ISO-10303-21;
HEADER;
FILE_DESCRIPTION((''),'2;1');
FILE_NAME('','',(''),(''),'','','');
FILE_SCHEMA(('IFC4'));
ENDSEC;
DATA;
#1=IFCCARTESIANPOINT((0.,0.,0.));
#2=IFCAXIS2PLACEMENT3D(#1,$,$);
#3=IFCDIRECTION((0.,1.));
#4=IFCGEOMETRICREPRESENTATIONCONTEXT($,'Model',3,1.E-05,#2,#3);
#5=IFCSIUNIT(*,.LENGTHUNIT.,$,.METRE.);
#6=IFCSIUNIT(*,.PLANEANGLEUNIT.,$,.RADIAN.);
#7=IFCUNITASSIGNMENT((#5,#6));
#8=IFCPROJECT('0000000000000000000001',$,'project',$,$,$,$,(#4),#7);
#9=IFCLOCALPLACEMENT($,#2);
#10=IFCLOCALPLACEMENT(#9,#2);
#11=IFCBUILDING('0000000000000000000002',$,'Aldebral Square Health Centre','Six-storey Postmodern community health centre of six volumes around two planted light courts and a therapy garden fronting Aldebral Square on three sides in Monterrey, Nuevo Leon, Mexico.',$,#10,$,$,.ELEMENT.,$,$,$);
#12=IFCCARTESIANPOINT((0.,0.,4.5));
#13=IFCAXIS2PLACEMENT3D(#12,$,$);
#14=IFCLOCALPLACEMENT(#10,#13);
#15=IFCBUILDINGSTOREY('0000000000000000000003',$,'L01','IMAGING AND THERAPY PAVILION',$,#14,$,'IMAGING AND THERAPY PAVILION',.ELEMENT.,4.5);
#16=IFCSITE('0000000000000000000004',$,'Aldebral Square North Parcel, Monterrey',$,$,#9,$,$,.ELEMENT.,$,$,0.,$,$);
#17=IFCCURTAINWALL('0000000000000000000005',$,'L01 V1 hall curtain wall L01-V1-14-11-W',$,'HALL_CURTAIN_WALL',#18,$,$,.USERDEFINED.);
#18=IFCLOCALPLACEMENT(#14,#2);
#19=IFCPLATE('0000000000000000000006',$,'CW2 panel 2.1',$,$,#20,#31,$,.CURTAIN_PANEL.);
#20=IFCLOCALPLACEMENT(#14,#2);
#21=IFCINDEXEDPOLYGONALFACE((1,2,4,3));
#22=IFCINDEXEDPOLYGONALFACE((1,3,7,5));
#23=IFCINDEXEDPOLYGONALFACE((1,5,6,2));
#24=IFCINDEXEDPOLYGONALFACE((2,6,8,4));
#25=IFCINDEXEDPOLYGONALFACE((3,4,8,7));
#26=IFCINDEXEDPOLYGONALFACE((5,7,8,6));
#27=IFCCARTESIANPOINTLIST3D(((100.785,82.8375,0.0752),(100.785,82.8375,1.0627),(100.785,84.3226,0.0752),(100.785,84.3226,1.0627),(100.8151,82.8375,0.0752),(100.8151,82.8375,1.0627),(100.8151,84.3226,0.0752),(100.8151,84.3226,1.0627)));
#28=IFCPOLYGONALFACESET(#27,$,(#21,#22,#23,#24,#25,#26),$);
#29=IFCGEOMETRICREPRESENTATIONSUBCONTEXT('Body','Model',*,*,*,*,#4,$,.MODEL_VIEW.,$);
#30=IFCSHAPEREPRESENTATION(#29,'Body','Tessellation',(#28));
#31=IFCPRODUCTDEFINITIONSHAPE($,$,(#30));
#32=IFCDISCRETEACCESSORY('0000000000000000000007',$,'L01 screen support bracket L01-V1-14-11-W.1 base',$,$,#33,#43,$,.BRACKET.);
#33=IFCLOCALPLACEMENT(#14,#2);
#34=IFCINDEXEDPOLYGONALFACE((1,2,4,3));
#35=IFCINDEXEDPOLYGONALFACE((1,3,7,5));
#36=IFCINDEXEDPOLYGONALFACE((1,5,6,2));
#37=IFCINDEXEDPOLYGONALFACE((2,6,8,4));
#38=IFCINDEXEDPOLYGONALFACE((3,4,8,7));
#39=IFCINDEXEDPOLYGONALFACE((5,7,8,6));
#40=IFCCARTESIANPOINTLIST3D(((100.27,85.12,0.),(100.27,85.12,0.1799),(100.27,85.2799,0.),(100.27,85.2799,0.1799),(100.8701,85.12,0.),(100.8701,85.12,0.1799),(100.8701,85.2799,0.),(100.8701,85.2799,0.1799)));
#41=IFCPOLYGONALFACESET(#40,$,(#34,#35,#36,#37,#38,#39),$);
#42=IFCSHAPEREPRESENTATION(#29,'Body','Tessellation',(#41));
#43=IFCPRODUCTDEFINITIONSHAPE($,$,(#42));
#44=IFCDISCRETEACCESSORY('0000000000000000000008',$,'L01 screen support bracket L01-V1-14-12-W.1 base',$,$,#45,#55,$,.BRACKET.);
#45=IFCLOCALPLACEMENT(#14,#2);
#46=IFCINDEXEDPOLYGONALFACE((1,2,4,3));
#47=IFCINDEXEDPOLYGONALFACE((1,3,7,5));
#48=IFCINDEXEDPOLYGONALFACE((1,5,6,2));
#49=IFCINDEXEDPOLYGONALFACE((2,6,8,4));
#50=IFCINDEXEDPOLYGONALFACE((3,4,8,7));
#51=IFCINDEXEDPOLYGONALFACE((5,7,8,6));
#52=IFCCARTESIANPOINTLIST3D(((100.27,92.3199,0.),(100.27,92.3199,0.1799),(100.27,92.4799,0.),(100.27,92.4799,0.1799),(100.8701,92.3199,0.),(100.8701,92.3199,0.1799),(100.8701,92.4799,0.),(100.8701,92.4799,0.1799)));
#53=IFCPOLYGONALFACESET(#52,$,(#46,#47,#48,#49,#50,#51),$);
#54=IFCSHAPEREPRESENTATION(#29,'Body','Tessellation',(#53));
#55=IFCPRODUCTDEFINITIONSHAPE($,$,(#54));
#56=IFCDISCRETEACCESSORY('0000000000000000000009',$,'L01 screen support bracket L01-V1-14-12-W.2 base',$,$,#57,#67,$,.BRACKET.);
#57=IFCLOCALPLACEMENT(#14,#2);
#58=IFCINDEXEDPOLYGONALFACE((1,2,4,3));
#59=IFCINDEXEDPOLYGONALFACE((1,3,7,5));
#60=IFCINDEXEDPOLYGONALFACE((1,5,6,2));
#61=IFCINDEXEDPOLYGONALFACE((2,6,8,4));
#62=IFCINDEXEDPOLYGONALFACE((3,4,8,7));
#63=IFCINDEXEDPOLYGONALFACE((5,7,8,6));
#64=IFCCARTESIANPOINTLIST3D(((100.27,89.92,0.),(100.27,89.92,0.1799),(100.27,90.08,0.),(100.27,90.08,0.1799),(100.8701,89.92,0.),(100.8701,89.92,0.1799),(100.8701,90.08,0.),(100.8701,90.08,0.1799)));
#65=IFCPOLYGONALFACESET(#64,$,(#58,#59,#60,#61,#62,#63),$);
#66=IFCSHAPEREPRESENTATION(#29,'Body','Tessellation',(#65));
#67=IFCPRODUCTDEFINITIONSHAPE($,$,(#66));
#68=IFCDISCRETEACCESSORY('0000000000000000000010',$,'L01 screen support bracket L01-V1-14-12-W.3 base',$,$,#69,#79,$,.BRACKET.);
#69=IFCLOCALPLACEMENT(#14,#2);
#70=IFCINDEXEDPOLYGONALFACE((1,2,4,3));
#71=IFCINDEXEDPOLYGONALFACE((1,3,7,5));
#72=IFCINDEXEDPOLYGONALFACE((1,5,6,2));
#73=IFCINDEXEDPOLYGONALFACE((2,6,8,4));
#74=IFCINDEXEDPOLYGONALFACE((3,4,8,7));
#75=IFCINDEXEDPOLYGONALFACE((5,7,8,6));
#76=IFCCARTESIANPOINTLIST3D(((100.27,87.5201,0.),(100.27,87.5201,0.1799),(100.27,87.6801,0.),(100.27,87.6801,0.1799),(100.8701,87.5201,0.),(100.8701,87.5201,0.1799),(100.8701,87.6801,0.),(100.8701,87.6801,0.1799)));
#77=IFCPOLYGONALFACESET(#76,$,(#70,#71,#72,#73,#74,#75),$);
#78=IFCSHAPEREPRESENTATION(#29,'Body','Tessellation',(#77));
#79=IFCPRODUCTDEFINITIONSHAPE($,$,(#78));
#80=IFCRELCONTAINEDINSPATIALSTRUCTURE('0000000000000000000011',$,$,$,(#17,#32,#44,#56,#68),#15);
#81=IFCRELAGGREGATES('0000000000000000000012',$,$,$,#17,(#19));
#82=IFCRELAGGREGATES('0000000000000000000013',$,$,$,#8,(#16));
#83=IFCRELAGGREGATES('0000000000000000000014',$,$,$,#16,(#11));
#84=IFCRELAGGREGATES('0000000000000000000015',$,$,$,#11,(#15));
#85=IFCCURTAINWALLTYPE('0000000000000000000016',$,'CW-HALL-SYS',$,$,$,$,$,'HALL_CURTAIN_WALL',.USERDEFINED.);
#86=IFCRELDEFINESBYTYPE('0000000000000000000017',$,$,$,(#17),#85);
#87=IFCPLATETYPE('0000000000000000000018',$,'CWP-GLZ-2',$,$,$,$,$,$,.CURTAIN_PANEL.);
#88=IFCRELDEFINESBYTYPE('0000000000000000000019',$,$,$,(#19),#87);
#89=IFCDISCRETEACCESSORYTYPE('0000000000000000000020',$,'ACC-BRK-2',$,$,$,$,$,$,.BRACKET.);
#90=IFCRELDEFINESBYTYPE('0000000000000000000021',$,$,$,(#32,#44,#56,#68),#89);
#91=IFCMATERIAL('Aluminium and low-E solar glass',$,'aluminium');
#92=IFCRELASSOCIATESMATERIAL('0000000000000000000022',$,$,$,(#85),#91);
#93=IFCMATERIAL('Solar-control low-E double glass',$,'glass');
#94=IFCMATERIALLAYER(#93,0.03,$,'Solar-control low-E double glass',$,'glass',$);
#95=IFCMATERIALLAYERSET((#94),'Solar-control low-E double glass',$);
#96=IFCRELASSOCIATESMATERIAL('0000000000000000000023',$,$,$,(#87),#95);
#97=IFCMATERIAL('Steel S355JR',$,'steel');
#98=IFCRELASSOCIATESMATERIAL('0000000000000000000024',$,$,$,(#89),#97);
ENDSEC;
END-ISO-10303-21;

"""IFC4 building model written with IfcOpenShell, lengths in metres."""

from ifc_helpers import new_model, si_unit, direction, frame, origin, origin_2d, place, context, subcontext, project, spatial, rectangle, extrude, material, layer, layer_set, type_object, element, aggregate, save


model = new_model("IFC4")

# Units and contexts
model_context = context("Model", 3, precision=1e-05, world=origin(), true_north=direction((0.0, 1.0)))
body_context = subcontext(model_context, "Body", "Model", "MODEL_VIEW")
ifc_project = project(units=[si_unit("LENGTHUNIT", "METRE"), si_unit("PLANEANGLEUNIT", "RADIAN")], contexts=[model_context])

# Site, building, storey
site_placement = place(None, origin())
site = spatial("IfcSite", under=ifc_project, at=site_placement, Name="Aldebral Square North Parcel, Monterrey", CompositionType="ELEMENT", RefElevation=0.0)
building_placement = place(site_placement, origin())
building = spatial("IfcBuilding", under=site, at=building_placement, Name="Aldebral Square Health Centre", Description="Six-storey Postmodern community health centre of six volumes around two planted light courts and a therapy garden fronting Aldebral Square on three sides in Monterrey, Nuevo Leon, Mexico.", CompositionType="ELEMENT")
storey_placement = place(building_placement, frame((0.0, 0.0, 4.5)))
storey = spatial("IfcBuildingStorey", under=building, at=storey_placement, Name="L01", Description="IMAGING AND THERAPY PAVILION", LongName="IMAGING AND THERAPY PAVILION", CompositionType="ELEMENT", Elevation=4.5)

# Curtain wall
ifc_material_1 = material(Name="Aluminium and low-E solar glass", Category="aluminium")
curtain_wall_type = type_object("IfcCurtainWallType", Name="CW-HALL-SYS", ElementType="HALL_CURTAIN_WALL", PredefinedType="USERDEFINED", material=ifc_material_1)
curtain_wall_1_placement = place(storey_placement, origin())
curtain_wall_1 = element("IfcCurtainWall", 1, at=curtain_wall_1_placement, inside=storey, type_object=curtain_wall_type, Name="L01 V1 hall curtain wall L01-V1-14-11-W", ObjectType="HALL_CURTAIN_WALL", PredefinedType="USERDEFINED")

# Plate
ifc_material_2 = material(Name="Solar-control low-E double glass", Category="glass")
ifc_layer_1 = layer(ifc_material_2, 0.03, Name="Solar-control low-E double glass", Category="glass")
ifc_layer_set_1 = layer_set([ifc_layer_1], Name="Solar-control low-E double glass")
plate_type = type_object("IfcPlateType", Name="CWP-GLZ-2", PredefinedType="CURTAIN_PANEL", material=ifc_layer_set_1)
plate_placement = place(storey_placement, frame((100.8, 83.5801, 0.0752), z_axis=(0.0, 0.0, 1.0), x_axis=(0.0, -1.0, 0.0)))
plate = element("IfcPlate", 2, at=plate_placement, type_object=plate_type, Name="CW2 panel 2.1", PredefinedType="CURTAIN_PANEL", context=body_context, shape_type="SweptSolid", body=[
    extrude(rectangle(XDim=1.4851, YDim=0.03, at=origin_2d()), origin(), (0.0, 0.0, 1.0), 0.9875),
])
aggregate(curtain_wall_1, [plate])

# Discrete accessories
ifc_material_3 = material(Name="Steel S355JR", Category="steel")
discrete_accessory_type = type_object("IfcDiscreteAccessoryType", Name="ACC-BRK-2", PredefinedType="BRACKET", material=ifc_material_3)
for number, where, z_axis, x_axis, name in (
    (3, (100.5701, 85.2, 0.0), (0.0, 0.0, 1.0), (0.0, 1.0, 0.0), "L01 screen support bracket L01-V1-14-11-W.1 base"),
    (4, (100.5701, 92.3999, 0.0), (0.0, 0.0, 1.0), (0.0, 1.0, 0.0), "L01 screen support bracket L01-V1-14-12-W.1 base"),
    (5, (100.5701, 90.0, 0.0), (0.0, 0.0, 1.0), (0.0, 1.0, 0.0), "L01 screen support bracket L01-V1-14-12-W.2 base"),
    (6, (100.5701, 87.6001, 0.0), (0.0, 0.0, 1.0), (0.0, 1.0, 0.0), "L01 screen support bracket L01-V1-14-12-W.3 base"),
):
    element("IfcDiscreteAccessory", number, at=place(storey_placement, frame(where, z_axis=z_axis, x_axis=x_axis)), inside=storey, type_object=discrete_accessory_type, Name=name, PredefinedType="BRACKET", context=body_context, shape_type="SweptSolid", body=[
        extrude(rectangle(XDim=0.1599, YDim=0.6001, at=origin_2d()), origin(), (0.0, 0.0, 1.0), 0.1799),
    ])

save(model, "model.ifc")
